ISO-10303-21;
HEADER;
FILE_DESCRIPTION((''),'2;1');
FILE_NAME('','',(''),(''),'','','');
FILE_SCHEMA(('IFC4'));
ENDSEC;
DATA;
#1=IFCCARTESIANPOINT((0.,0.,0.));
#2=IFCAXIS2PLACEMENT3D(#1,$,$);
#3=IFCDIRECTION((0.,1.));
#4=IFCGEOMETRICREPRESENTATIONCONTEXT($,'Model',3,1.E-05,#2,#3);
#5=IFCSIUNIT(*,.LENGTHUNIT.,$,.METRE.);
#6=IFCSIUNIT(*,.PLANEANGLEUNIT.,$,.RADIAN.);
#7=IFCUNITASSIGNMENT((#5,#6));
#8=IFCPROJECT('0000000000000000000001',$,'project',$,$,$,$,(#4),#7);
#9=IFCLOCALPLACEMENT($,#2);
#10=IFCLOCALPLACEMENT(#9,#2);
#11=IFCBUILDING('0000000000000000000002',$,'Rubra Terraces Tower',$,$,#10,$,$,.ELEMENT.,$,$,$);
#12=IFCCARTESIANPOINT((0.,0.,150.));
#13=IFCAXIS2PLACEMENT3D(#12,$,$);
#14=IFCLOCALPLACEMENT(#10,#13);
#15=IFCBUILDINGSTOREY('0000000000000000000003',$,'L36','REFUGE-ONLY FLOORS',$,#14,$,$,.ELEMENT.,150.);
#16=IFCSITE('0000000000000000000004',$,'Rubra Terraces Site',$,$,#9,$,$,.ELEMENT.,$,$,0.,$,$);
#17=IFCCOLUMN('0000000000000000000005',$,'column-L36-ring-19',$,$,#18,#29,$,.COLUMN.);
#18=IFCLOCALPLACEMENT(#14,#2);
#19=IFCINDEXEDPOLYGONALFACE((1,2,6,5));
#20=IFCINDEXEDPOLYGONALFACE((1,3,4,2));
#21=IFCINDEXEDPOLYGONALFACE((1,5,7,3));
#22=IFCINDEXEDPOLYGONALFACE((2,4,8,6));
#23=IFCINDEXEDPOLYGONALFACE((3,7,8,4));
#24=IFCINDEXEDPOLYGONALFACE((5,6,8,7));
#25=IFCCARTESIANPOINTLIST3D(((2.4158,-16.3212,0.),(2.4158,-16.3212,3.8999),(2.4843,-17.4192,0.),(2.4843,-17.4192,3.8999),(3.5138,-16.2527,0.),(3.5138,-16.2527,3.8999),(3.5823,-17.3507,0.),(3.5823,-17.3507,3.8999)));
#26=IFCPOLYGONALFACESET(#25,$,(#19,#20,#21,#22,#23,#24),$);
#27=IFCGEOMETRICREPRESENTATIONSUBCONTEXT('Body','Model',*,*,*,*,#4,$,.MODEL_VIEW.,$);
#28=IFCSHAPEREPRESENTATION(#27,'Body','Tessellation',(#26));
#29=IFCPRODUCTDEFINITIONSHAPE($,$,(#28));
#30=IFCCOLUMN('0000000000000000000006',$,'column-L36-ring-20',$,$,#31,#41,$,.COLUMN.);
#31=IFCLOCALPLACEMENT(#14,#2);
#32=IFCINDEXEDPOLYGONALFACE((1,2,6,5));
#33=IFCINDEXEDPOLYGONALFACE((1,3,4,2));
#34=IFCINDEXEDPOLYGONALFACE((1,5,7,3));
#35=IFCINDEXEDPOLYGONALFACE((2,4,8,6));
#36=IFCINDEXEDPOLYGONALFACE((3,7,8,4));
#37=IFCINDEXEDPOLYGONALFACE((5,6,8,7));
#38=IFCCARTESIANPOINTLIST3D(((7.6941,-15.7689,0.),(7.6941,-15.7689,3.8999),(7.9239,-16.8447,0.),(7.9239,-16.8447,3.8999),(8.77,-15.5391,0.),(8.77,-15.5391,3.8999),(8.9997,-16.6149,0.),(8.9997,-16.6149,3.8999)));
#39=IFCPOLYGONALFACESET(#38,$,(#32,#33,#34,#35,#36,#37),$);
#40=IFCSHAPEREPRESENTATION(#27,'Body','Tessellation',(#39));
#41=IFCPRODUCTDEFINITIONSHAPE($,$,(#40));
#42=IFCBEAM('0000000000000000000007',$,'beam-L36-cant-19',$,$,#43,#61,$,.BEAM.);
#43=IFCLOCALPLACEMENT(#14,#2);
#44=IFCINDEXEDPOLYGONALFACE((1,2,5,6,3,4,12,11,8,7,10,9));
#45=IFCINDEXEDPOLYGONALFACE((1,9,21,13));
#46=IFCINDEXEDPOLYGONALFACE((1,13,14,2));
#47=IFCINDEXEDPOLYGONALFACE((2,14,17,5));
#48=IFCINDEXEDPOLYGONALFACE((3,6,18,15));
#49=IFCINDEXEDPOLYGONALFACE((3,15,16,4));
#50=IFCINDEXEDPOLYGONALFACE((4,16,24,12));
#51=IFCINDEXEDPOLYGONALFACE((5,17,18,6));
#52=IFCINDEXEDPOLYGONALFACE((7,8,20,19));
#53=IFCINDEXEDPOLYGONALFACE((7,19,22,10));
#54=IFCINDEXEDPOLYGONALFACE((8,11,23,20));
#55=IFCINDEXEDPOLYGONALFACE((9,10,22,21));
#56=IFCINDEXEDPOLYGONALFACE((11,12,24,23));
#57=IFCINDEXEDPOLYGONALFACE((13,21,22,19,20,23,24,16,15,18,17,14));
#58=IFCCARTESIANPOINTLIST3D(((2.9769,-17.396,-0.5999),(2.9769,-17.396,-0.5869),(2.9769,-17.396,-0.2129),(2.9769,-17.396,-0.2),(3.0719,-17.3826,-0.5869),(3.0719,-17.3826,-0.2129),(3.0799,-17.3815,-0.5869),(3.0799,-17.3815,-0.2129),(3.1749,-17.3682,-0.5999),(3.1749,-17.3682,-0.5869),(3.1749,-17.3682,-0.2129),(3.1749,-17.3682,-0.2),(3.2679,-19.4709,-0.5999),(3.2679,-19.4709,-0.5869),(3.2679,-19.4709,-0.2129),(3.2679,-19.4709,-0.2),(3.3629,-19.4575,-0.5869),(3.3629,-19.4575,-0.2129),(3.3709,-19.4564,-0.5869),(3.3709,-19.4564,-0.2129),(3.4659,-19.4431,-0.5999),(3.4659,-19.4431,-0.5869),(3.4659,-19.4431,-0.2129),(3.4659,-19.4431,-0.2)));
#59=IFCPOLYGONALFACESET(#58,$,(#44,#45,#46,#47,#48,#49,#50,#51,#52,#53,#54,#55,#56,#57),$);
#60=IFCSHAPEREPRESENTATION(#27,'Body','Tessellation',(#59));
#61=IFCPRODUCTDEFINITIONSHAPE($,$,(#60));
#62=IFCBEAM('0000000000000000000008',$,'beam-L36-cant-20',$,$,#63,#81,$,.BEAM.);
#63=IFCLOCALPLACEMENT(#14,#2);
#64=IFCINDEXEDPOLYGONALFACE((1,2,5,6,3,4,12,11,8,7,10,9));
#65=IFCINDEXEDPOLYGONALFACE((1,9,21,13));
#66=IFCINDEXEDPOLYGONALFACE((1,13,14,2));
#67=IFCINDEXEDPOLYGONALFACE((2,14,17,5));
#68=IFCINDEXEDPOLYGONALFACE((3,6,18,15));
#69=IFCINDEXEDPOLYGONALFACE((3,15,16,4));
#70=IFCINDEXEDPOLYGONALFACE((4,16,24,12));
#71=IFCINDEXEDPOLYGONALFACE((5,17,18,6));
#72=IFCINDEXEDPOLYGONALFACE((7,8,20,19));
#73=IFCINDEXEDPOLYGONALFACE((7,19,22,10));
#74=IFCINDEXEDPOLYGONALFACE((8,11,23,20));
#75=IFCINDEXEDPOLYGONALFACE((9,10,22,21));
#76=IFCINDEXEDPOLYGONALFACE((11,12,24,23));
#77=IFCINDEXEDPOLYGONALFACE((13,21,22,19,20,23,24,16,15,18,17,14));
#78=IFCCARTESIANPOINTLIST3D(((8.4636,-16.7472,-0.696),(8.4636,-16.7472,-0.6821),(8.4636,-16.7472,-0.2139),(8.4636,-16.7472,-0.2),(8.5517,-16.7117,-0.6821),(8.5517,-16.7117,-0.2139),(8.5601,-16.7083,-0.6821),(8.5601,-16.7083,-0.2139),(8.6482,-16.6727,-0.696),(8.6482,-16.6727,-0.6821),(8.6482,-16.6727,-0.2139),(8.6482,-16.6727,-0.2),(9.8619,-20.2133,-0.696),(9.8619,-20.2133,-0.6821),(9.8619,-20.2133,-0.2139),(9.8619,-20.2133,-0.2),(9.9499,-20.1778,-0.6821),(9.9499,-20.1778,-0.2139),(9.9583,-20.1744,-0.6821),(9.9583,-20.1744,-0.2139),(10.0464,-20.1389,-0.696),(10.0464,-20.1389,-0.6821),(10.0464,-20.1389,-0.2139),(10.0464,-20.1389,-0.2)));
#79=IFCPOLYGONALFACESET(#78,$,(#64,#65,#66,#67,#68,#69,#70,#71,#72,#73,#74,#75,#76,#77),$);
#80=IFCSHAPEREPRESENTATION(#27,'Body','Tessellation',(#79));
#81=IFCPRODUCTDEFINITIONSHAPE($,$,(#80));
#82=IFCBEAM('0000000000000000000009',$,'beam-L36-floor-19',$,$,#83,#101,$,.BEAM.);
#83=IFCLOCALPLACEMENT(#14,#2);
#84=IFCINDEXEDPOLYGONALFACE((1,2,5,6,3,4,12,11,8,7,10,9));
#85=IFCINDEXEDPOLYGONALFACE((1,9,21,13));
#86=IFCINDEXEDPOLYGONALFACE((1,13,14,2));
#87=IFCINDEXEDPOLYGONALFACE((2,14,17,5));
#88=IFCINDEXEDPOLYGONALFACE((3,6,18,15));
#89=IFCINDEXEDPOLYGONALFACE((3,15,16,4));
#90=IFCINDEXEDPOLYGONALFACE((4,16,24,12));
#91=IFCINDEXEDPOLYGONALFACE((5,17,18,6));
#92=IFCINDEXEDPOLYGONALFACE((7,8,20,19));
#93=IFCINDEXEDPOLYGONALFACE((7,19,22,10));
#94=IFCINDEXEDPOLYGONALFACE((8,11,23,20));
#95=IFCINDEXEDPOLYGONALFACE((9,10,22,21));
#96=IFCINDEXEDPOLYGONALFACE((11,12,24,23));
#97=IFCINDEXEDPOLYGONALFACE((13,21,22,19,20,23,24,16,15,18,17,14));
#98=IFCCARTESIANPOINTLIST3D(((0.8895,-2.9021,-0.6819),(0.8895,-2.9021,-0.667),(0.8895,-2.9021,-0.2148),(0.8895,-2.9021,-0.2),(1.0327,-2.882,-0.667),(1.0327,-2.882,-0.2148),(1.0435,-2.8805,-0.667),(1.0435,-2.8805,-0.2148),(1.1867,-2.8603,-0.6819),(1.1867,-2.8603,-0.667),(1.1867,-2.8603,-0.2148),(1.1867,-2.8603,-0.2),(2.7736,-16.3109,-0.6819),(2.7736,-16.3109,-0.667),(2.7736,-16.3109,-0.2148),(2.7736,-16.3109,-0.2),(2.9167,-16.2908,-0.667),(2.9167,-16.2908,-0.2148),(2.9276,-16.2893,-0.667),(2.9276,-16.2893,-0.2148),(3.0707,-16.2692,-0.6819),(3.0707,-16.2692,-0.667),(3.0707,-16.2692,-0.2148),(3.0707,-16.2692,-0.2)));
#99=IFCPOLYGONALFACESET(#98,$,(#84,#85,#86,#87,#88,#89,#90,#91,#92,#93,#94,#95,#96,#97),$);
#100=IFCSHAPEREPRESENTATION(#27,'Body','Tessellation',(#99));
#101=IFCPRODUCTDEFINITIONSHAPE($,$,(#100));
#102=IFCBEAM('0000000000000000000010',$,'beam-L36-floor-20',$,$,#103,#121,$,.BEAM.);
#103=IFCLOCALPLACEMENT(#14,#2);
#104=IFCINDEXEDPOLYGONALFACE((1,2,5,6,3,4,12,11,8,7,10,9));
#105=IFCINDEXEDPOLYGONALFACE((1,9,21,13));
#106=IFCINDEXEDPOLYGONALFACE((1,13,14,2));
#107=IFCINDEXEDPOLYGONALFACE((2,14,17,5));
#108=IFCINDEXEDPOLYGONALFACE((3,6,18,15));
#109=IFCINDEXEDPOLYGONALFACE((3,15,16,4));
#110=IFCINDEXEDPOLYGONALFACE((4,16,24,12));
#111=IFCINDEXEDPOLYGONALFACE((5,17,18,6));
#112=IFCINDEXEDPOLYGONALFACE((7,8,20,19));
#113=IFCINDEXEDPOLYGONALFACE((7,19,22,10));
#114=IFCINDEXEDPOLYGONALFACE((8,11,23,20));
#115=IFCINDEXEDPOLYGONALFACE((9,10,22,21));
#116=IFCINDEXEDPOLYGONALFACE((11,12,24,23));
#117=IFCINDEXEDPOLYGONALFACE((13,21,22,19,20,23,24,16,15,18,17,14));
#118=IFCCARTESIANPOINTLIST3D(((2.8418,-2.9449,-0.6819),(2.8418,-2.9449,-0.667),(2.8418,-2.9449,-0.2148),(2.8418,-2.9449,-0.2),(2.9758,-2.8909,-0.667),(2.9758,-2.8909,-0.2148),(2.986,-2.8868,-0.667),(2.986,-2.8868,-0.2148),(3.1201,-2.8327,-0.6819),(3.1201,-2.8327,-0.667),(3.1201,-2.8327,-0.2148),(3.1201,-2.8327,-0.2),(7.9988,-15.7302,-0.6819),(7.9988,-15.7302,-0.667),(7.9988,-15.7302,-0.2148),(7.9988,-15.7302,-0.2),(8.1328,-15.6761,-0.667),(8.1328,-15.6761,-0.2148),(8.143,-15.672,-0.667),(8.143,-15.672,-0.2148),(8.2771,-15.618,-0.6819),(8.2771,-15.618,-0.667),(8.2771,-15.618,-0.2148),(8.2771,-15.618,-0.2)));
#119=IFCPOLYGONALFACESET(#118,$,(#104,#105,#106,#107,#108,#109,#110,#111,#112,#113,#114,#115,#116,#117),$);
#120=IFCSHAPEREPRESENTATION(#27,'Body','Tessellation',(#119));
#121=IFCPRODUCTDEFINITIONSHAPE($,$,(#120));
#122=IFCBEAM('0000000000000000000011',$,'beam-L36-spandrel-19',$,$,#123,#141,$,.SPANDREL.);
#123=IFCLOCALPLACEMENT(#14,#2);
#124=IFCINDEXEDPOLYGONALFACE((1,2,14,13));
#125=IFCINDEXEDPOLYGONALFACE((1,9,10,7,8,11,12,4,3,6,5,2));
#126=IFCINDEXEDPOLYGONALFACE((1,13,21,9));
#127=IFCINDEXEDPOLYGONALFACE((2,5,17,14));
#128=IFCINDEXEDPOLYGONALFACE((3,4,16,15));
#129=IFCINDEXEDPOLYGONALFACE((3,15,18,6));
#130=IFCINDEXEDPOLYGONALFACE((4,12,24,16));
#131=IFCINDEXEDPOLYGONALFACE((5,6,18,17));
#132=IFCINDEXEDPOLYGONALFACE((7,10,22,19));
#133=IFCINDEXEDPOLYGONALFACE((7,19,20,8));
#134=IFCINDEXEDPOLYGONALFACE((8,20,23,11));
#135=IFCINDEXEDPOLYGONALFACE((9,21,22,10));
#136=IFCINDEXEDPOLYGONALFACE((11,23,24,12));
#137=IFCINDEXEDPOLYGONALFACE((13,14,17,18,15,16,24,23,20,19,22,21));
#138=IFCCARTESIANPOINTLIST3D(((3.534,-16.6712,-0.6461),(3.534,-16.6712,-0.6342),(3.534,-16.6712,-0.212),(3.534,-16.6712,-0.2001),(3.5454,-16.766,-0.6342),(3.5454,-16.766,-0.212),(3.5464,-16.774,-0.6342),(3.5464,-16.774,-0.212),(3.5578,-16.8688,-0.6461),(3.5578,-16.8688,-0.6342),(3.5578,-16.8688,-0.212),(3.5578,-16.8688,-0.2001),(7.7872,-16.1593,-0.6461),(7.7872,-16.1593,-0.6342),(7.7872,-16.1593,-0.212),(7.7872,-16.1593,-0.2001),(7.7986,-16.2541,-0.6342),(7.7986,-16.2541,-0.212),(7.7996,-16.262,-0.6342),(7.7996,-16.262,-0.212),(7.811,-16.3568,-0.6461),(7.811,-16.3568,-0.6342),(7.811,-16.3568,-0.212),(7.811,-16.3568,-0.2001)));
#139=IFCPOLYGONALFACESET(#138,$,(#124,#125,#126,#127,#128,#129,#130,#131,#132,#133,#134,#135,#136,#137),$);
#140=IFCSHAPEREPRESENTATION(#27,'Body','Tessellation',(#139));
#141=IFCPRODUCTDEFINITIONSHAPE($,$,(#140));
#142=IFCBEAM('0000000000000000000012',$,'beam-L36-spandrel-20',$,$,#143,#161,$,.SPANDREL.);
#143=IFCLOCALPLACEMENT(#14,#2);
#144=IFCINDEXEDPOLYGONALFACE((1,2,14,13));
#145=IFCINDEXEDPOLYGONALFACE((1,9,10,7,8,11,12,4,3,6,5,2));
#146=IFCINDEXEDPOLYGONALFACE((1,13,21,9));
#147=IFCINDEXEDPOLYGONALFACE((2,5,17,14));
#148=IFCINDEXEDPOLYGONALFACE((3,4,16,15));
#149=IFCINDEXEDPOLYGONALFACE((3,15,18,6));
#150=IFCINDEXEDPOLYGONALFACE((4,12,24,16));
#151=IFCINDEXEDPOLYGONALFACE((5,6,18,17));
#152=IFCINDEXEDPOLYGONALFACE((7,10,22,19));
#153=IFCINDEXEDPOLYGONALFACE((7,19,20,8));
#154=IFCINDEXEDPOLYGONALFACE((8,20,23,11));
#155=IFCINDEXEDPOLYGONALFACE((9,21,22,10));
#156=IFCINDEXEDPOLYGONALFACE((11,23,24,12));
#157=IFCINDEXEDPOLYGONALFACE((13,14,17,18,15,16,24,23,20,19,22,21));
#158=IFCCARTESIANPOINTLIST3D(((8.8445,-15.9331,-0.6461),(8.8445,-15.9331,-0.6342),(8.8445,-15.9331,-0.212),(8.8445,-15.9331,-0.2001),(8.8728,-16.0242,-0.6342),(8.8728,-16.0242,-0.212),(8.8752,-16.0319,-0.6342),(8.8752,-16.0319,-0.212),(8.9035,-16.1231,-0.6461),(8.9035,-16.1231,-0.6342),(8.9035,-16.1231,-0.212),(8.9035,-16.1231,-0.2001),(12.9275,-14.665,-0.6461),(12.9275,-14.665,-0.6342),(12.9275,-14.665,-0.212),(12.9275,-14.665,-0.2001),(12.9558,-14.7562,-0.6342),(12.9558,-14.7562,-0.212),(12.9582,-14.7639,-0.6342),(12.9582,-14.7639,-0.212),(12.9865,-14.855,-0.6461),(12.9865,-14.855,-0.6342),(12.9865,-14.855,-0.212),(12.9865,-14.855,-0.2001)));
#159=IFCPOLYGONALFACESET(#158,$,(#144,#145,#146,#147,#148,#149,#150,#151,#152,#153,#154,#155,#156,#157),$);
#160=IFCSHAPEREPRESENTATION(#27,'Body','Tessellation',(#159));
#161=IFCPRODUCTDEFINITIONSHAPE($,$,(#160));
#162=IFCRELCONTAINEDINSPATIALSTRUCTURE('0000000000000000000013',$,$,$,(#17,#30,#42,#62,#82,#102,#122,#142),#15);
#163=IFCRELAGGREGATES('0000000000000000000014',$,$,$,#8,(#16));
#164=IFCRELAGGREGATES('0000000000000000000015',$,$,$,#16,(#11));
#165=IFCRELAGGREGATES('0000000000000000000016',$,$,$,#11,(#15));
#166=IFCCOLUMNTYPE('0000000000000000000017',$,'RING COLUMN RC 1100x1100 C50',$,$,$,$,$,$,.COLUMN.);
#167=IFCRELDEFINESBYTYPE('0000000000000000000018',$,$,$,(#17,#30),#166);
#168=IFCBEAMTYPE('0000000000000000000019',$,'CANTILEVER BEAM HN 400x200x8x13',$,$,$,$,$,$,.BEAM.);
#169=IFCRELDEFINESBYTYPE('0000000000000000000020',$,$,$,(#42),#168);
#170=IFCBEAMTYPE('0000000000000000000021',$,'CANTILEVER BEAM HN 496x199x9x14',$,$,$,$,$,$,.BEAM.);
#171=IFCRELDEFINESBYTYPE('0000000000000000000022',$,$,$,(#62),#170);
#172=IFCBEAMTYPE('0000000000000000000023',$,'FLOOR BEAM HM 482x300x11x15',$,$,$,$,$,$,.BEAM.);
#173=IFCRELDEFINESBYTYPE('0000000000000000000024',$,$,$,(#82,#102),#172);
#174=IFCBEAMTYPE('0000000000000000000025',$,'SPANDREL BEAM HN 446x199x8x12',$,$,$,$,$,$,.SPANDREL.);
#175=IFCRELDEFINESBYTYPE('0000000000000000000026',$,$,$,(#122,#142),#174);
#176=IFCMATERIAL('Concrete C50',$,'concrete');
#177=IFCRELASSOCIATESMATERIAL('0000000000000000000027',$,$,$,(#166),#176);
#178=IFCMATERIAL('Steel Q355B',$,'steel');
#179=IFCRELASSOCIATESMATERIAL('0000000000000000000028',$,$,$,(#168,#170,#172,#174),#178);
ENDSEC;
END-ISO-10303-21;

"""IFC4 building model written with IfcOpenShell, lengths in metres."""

from ifc_helpers import new_model, si_unit, direction, frame, origin, origin_2d, place, context, subcontext, project, spatial, rectangle, i_section, extrude, material, material_profile, profile_set, type_object, element, save


model = new_model("IFC4")

# Units and contexts
model_context = context("Model", 3, precision=1e-05, world=origin(), true_north=direction((0.0, 1.0)))
body_context = subcontext(model_context, "Body", "Model", "MODEL_VIEW")
ifc_project = project(units=[si_unit("LENGTHUNIT", "METRE"), si_unit("PLANEANGLEUNIT", "RADIAN")], contexts=[model_context])

# Site, building, storey
site_placement = place(None, origin())
site = spatial("IfcSite", under=ifc_project, at=site_placement, Name="Rubra Terraces Site", CompositionType="ELEMENT", RefElevation=0.0)
building_placement = place(site_placement, origin())
building = spatial("IfcBuilding", under=site, at=building_placement, Name="Rubra Terraces Tower", CompositionType="ELEMENT")
storey_placement = place(building_placement, frame((0.0, 0.0, 150.0)))
storey = spatial("IfcBuildingStorey", under=building, at=storey_placement, Name="L36", Description="REFUGE-ONLY FLOORS", CompositionType="ELEMENT", Elevation=150.0)

# Columns
ifc_material_1 = material(Name="Concrete C50", Category="concrete")
ifc_material_profile_1 = material_profile(ifc_material_1, rectangle(XDim=1.1001, YDim=1.1001, at=origin_2d()), Name="RC 1100x1100")
ifc_profile_set_1 = profile_set([ifc_material_profile_1], Name="Concrete C50")
column_type = type_object("IfcColumnType", Name="RING COLUMN RC 1100x1100 C50", PredefinedType="COLUMN", material=ifc_profile_set_1)
for number, where, z_axis, x_axis, name in (
    (1, (2.999, -16.8359, 0.0), (0.0, 0.0, 1.0), (0.998059, 0.062268, 0.0), "column-L36-ring-19"),
    (2, (8.3469, -16.1919, 0.0), (0.0, 0.0, 1.0), (0.977944, 0.208867, 0.0), "column-L36-ring-20"),
):
    element("IfcColumn", number, at=place(storey_placement, frame(where, z_axis=z_axis, x_axis=x_axis)), inside=storey, type_object=column_type, Name=name, PredefinedType="COLUMN", context=body_context, shape_type="SweptSolid", body=[
        extrude(rectangle(XDim=1.1001, YDim=1.1001, at=origin_2d()), origin(), (0.0, 0.0, 1.0), 3.8999),
    ])

# Beams
ifc_material_2 = material(Name="Steel Q355B", Category="steel")
ifc_material_profile_2 = material_profile(ifc_material_2, i_section(OverallWidth=0.2, OverallDepth=0.3999, WebThickness=0.0081, FlangeThickness=0.0129, at=origin_2d()), Name="HN 400x200x8x13")
ifc_profile_set_2 = profile_set([ifc_material_profile_2], Name="Steel Q355B")
beam_type_1 = type_object("IfcBeamType", Name="CANTILEVER BEAM HN 400x200x8x13", PredefinedType="BEAM", material=ifc_profile_set_2)
beam_1_placement = place(storey_placement, frame((3.0759, -17.3821, -0.3999), z_axis=(0.138892, -0.990307, 0.0), x_axis=(0.990307, 0.138892, 0.0)))
element("IfcBeam", 3, at=beam_1_placement, inside=storey, type_object=beam_type_1, Name="beam-L36-cant-19", PredefinedType="BEAM", context=body_context, shape_type="SweptSolid", body=[
    extrude(i_section(OverallWidth=0.2, OverallDepth=0.3999, WebThickness=0.0081, FlangeThickness=0.0129, at=origin_2d()), origin(), (0.0, 0.0, 1.0), 2.0952),
])
ifc_material_profile_3 = material_profile(ifc_material_2, i_section(OverallWidth=0.199, OverallDepth=0.4961, WebThickness=0.009, FlangeThickness=0.0139, at=origin_2d()), Name="HN 496x199x9x14")
ifc_profile_set_3 = profile_set([ifc_material_profile_3], Name="Steel Q355B")
beam_type_2 = type_object("IfcBeamType", Name="CANTILEVER BEAM HN 496x199x9x14", PredefinedType="BEAM", material=ifc_profile_set_3)
beam_2_placement = place(storey_placement, frame((8.5559, -16.71, -0.448), z_axis=(0.374103, -0.927387, 0.0), x_axis=(0.927387, 0.374103, 0.0)))
element("IfcBeam", 4, at=beam_2_placement, inside=storey, type_object=beam_type_2, Name="beam-L36-cant-20", PredefinedType="BEAM", context=body_context, shape_type="SweptSolid", body=[
    extrude(i_section(OverallWidth=0.199, OverallDepth=0.4961, WebThickness=0.009, FlangeThickness=0.0139, at=origin_2d()), origin(), (0.0, 0.0, 1.0), 3.7375),
])
ifc_material_profile_4 = material_profile(ifc_material_2, i_section(OverallWidth=0.3, OverallDepth=0.4819, WebThickness=0.011, FlangeThickness=0.0149, at=origin_2d()), Name="HM 482x300x11x15")
ifc_profile_set_4 = profile_set([ifc_material_profile_4], Name="Steel Q355B")
beam_type_3 = type_object("IfcBeamType", Name="FLOOR BEAM HM 482x300x11x15", PredefinedType="BEAM", material=ifc_profile_set_4)
beam_3_placement = place(storey_placement, frame((2.9221, -16.29, -0.4409), z_axis=(-0.139139, 0.990273, 0.0), x_axis=(-0.990273, -0.139139, 0.0)))
element("IfcBeam", 5, at=beam_3_placement, inside=storey, type_object=beam_type_3, Name="beam-L36-floor-19", PredefinedType="BEAM", context=body_context, shape_type="SweptSolid", body=[
    extrude(i_section(OverallWidth=0.3, OverallDepth=0.4819, WebThickness=0.011, FlangeThickness=0.0149, at=origin_2d()), origin(), (0.0, 0.0, 1.0), 13.5405),
])
beam_4_placement = place(storey_placement, frame((8.1379, -15.6741, -0.4409), z_axis=(-0.374073, 0.927399, 0.0), x_axis=(-0.927399, -0.374073, 0.0)))
element("IfcBeam", 6, at=beam_4_placement, inside=storey, type_object=beam_type_3, Name="beam-L36-floor-20", PredefinedType="BEAM", context=body_context, shape_type="SweptSolid", body=[
    extrude(i_section(OverallWidth=0.3, OverallDepth=0.4819, WebThickness=0.011, FlangeThickness=0.0149, at=origin_2d()), origin(), (0.0, 0.0, 1.0), 13.7861),
])
ifc_material_profile_5 = material_profile(ifc_material_2, i_section(OverallWidth=0.199, OverallDepth=0.446, WebThickness=0.0081, FlangeThickness=0.012, at=origin_2d()), Name="HN 446x199x8x12")
ifc_profile_set_5 = profile_set([ifc_material_profile_5], Name="Steel Q355B")
beam_type_4 = type_object("IfcBeamType", Name="SPANDREL BEAM HN 446x199x8x12", PredefinedType="SPANDREL", material=ifc_profile_set_5)
beam_5_placement = place(storey_placement, frame((3.5459, -16.77, -0.4231), z_axis=(0.992833, 0.119509, 0.0), x_axis=(-0.119509, 0.992833, 0.0)))
element("IfcBeam", 7, at=beam_5_placement, inside=storey, type_object=beam_type_4, Name="beam-L36-spandrel-19", PredefinedType="SPANDREL", context=body_context, shape_type="SweptSolid", body=[
    extrude(i_section(OverallWidth=0.199, OverallDepth=0.446, WebThickness=0.0081, FlangeThickness=0.012, at=origin_2d()), origin(), (0.0, 0.0, 1.0), 4.2839),
])
beam_6_placement = place(storey_placement, frame((8.874, -16.0281, -0.4231), z_axis=(0.955003, 0.296597, 0.0), x_axis=(-0.296597, 0.955003, 0.0)))
element("IfcBeam", 8, at=beam_6_placement, inside=storey, type_object=beam_type_4, Name="beam-L36-spandrel-20", PredefinedType="SPANDREL", context=body_context, shape_type="SweptSolid", body=[
    extrude(i_section(OverallWidth=0.199, OverallDepth=0.446, WebThickness=0.0081, FlangeThickness=0.012, at=origin_2d()), origin(), (0.0, 0.0, 1.0), 4.2754),
])

save(model, "model.ifc")
